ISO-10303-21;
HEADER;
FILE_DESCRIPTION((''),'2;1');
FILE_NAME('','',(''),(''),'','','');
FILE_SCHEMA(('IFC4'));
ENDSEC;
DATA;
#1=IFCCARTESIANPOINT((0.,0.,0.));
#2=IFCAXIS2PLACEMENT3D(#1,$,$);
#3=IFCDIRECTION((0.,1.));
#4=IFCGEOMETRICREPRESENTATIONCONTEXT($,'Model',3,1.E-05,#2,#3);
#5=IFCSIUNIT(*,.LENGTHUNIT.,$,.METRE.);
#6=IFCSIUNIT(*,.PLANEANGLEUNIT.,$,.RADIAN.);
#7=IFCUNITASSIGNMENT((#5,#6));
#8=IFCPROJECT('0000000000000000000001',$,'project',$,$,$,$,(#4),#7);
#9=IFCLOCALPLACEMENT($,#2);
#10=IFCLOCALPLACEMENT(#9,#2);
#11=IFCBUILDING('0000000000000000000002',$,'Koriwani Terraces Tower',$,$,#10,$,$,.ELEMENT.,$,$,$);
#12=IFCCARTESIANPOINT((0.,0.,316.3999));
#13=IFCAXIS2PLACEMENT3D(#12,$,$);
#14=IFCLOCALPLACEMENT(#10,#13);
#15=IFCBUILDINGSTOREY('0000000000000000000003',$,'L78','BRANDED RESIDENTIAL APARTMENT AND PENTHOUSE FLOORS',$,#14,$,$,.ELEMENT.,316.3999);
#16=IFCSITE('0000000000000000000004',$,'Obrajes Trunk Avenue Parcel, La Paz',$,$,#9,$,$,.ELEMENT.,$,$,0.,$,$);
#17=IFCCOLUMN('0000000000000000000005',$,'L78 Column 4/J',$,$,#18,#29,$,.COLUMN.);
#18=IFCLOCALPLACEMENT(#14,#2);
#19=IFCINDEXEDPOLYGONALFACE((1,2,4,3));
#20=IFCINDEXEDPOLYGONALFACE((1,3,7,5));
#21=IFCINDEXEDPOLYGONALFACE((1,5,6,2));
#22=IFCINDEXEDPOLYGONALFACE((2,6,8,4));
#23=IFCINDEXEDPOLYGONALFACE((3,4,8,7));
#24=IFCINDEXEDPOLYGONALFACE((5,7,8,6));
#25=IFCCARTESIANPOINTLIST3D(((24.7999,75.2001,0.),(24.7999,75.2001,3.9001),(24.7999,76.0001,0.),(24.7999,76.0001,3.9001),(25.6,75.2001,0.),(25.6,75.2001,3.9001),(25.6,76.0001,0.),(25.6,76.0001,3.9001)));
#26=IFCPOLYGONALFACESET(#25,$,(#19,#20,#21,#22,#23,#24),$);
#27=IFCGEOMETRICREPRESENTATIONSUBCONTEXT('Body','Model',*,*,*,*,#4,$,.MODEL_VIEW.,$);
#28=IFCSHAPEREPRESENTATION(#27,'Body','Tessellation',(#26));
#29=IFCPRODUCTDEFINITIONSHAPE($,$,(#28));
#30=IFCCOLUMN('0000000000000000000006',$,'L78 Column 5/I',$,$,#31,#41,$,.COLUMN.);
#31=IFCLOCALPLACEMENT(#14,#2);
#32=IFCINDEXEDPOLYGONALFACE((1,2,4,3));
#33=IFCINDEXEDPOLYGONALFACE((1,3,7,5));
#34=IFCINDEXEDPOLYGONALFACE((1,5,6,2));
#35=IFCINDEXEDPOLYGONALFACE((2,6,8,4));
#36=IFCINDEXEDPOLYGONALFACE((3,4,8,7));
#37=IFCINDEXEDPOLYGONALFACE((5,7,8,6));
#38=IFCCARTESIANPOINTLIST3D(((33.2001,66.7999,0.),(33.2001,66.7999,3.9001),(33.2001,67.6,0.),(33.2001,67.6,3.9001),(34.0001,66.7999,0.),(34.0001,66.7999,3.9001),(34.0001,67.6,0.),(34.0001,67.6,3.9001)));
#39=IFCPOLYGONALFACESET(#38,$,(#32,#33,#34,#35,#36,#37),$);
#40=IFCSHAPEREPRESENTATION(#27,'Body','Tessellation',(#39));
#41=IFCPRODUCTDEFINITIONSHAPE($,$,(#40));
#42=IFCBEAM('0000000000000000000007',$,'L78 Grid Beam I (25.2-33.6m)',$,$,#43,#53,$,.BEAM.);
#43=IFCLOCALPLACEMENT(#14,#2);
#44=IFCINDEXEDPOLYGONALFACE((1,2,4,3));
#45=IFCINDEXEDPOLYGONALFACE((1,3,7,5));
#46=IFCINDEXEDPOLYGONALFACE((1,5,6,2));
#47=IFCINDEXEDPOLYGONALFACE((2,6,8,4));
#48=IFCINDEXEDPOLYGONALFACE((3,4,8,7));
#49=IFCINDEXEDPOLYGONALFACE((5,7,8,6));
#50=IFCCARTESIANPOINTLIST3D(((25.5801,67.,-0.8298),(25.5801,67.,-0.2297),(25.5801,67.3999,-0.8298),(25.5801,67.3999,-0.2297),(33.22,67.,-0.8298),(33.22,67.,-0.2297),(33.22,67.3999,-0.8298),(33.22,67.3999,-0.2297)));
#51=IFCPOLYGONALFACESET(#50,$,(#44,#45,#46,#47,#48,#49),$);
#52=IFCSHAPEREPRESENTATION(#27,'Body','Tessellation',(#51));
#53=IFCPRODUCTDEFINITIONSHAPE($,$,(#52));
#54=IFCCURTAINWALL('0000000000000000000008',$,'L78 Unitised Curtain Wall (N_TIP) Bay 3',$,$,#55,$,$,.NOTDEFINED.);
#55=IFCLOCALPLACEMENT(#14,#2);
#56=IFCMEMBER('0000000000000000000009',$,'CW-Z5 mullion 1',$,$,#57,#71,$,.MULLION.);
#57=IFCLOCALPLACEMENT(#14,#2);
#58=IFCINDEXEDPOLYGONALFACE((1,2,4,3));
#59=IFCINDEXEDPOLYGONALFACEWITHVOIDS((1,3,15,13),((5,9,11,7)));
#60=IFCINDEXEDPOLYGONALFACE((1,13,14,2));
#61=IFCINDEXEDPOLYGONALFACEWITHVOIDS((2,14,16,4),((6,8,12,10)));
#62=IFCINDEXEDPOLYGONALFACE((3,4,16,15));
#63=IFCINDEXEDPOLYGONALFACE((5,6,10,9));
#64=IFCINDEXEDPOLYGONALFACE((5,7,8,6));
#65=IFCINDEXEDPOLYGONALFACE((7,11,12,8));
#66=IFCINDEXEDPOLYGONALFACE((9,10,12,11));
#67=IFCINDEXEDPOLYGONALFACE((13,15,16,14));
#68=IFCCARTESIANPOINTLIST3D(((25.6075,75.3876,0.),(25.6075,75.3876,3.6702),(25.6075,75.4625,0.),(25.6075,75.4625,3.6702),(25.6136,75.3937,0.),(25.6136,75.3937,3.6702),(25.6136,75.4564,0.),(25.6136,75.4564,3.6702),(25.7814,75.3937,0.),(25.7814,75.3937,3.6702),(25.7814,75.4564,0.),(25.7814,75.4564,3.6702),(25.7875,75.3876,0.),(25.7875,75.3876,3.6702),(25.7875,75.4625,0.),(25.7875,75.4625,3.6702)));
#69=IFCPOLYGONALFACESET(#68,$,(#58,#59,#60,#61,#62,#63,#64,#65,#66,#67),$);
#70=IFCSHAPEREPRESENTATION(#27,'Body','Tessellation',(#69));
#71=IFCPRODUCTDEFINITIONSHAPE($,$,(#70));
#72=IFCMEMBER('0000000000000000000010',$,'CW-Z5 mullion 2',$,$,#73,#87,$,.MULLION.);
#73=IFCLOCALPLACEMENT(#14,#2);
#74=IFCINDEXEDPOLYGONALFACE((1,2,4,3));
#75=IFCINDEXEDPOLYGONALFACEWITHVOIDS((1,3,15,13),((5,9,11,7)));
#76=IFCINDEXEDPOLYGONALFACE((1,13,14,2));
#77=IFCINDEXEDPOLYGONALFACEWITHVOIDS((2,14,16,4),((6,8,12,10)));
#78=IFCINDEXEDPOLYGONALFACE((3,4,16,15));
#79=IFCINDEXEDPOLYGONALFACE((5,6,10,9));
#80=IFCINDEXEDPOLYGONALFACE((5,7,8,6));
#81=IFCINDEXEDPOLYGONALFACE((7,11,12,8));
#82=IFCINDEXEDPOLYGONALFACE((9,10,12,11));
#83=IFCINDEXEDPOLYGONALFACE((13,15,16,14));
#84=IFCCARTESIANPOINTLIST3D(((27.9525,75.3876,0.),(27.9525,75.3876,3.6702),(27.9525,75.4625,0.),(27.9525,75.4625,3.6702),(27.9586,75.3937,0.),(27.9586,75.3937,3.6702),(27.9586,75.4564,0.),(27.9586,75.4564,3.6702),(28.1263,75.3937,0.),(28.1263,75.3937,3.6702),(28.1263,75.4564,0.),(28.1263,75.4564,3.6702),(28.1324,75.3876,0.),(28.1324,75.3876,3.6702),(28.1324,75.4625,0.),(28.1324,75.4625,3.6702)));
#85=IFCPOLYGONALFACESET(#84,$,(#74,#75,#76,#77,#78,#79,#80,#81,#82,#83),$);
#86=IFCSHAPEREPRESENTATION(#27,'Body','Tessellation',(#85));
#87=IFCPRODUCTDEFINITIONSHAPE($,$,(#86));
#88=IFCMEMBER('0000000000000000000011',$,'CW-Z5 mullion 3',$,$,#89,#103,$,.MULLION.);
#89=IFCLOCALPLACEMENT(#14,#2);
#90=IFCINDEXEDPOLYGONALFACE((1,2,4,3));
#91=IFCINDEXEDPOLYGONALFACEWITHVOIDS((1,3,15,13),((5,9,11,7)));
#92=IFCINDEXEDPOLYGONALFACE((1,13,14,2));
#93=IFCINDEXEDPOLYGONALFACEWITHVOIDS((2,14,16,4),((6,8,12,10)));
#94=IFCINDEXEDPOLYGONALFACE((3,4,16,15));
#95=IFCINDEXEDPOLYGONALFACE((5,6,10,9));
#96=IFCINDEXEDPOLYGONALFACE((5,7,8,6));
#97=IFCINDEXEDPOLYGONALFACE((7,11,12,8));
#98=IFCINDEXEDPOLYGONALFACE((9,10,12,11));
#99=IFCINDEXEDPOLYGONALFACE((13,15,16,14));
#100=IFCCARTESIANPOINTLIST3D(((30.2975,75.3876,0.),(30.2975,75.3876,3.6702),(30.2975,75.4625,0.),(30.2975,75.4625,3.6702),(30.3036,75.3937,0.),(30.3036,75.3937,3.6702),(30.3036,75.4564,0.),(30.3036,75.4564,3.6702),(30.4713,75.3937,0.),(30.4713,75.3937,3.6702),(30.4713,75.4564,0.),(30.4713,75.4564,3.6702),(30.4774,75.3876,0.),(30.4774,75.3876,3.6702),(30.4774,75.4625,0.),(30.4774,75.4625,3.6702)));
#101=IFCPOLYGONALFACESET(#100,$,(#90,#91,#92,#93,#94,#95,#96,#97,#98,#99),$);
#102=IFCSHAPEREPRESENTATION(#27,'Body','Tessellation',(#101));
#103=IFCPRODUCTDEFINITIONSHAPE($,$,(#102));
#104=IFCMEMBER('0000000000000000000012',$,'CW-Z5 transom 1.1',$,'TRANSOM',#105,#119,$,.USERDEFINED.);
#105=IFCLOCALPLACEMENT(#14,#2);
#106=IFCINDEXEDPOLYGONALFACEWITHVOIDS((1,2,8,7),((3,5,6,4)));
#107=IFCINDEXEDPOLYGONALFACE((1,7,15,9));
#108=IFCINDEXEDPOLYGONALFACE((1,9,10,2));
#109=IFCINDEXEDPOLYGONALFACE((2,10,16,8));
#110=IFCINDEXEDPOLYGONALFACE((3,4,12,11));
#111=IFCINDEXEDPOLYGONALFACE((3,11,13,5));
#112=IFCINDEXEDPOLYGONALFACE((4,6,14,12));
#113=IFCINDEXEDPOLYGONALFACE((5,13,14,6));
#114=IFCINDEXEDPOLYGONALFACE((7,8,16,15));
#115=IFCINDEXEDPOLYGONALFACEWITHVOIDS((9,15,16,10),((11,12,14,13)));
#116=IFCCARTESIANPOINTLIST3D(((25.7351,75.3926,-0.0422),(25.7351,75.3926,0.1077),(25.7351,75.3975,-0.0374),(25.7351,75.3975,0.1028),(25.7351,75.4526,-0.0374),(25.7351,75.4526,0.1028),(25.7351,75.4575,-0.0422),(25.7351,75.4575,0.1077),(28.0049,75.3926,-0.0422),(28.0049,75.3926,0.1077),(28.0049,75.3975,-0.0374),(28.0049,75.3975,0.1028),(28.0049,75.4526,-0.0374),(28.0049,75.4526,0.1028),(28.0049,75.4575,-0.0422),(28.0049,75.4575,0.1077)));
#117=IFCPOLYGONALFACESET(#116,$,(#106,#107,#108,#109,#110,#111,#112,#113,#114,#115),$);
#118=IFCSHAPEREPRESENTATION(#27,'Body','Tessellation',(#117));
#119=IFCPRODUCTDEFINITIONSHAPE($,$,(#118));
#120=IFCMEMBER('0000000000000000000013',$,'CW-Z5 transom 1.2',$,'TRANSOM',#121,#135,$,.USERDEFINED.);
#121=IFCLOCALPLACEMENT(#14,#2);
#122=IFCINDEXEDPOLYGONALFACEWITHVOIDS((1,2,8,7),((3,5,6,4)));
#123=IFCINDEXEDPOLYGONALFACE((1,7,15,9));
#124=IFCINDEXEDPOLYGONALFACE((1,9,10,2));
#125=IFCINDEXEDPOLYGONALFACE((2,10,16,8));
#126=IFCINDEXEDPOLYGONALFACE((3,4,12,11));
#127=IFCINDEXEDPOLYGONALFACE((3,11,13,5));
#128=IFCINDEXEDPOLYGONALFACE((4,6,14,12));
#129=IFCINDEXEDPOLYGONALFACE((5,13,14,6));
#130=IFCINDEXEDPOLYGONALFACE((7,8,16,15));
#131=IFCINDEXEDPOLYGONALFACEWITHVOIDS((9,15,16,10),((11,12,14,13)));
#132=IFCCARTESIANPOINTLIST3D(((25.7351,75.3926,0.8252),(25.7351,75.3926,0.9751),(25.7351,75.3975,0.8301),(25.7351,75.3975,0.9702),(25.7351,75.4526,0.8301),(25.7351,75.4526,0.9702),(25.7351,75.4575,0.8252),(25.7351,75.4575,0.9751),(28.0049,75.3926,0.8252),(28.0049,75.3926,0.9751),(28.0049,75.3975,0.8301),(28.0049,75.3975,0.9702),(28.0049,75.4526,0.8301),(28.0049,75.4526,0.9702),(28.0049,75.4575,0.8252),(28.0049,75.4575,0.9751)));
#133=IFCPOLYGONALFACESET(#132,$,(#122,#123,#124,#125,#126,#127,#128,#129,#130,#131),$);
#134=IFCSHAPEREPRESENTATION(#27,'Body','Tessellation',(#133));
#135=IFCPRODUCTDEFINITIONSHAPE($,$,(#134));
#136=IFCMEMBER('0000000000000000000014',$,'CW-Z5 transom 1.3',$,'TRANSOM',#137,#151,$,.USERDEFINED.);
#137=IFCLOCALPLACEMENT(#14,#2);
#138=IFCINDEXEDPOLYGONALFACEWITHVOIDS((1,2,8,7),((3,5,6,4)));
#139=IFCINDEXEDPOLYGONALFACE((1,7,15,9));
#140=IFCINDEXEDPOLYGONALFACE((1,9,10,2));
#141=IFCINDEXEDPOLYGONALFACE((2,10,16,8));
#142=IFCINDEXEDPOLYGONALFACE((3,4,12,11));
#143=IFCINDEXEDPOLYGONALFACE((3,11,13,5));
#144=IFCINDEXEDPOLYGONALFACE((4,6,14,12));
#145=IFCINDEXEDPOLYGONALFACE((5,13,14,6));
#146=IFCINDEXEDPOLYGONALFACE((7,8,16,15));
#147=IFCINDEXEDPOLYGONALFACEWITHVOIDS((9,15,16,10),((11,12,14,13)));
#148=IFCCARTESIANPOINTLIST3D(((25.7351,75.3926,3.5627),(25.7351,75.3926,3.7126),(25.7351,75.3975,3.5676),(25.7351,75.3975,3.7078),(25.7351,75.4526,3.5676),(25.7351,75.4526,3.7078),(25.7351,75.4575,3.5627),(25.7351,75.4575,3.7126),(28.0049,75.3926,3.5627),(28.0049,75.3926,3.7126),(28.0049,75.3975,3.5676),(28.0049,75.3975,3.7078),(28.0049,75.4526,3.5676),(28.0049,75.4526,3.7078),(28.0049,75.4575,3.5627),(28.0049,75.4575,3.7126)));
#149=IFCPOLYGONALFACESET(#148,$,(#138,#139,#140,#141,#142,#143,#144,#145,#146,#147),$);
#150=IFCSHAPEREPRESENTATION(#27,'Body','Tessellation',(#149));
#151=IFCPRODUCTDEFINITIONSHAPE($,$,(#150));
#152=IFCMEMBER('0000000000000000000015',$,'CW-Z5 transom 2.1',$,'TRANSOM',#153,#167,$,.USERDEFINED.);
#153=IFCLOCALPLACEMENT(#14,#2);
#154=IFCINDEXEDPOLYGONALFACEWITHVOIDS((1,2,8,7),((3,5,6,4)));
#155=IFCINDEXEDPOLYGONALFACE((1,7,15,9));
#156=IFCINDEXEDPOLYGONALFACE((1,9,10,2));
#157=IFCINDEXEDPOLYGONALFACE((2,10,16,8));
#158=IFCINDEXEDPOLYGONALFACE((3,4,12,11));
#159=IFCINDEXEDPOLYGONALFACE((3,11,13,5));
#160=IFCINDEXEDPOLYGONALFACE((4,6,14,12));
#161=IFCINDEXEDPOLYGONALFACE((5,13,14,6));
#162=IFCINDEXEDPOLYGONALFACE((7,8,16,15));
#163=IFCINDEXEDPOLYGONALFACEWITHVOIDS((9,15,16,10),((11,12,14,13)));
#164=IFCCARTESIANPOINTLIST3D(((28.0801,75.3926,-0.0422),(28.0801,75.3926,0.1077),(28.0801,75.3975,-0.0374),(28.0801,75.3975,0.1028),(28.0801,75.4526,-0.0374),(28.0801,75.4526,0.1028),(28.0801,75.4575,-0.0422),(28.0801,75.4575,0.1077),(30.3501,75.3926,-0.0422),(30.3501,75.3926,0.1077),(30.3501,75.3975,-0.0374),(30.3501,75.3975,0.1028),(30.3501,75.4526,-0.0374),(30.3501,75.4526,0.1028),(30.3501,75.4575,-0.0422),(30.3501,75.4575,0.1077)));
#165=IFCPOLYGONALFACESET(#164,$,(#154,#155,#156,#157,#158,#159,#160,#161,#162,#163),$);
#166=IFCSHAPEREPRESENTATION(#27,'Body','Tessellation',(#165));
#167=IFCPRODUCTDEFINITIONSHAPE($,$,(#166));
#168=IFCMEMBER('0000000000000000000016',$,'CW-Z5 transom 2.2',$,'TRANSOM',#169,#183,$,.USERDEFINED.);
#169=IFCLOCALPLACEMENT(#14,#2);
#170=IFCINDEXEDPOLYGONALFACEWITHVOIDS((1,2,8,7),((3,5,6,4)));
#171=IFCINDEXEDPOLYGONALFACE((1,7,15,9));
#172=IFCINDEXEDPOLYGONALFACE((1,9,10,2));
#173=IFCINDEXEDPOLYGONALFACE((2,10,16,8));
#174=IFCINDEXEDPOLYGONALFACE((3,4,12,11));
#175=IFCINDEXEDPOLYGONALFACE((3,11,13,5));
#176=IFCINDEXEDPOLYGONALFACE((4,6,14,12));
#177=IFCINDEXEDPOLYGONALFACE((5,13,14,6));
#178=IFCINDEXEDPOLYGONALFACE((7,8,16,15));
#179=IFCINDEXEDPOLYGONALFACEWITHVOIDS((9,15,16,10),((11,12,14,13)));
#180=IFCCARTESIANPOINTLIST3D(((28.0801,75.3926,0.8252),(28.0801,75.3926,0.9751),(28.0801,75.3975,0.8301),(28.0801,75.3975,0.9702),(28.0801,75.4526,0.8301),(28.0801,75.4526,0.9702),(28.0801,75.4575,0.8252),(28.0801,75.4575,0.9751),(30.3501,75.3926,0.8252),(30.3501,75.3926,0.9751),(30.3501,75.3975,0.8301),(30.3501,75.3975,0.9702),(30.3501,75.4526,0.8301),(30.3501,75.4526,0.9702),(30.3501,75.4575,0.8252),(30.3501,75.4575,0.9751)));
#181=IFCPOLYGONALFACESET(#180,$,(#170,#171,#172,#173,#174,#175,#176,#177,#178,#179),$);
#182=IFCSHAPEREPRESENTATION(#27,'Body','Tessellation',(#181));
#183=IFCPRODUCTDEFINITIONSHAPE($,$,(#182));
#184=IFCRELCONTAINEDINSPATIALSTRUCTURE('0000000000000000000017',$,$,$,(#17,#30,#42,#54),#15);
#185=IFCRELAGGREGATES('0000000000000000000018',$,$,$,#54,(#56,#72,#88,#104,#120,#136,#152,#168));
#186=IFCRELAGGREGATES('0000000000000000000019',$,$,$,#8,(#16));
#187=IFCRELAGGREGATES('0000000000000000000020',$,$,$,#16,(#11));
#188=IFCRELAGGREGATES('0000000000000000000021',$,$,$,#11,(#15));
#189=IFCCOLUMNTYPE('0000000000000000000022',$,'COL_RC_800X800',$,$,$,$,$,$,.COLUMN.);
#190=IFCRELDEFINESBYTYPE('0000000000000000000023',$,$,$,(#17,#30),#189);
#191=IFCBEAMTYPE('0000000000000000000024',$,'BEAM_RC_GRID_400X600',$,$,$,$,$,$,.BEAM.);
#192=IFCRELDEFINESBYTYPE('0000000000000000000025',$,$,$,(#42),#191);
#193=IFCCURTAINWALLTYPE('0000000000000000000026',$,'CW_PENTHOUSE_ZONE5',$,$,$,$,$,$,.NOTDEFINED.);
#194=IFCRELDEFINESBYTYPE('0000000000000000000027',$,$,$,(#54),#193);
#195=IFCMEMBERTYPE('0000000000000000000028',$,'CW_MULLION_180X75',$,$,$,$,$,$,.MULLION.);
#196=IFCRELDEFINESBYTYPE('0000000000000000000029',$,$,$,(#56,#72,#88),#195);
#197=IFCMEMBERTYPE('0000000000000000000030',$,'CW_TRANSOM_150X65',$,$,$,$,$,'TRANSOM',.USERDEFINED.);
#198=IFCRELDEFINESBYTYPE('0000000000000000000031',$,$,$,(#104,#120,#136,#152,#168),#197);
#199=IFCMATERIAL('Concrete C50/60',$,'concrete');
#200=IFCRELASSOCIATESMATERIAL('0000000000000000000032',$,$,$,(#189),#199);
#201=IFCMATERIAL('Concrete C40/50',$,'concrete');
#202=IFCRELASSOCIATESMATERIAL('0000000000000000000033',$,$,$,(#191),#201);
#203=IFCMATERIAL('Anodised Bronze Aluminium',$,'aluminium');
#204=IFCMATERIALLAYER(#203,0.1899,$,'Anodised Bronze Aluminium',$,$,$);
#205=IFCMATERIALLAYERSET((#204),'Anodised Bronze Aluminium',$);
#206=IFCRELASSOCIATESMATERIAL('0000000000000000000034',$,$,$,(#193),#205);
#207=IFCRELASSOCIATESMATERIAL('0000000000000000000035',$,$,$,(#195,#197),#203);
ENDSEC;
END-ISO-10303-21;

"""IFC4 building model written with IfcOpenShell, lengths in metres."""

from ifc_helpers import new_model, si_unit, direction, frame, origin, origin_2d, place, context, subcontext, project, spatial, rectangle, hollow_rectangle, extrude, material, layer, layer_set, material_profile, profile_set, type_object, element, aggregate, save


model = new_model("IFC4")

# Units and contexts
model_context = context("Model", 3, precision=1e-05, world=origin(), true_north=direction((0.0, 1.0)))
body_context = subcontext(model_context, "Body", "Model", "MODEL_VIEW")
ifc_project = project(units=[si_unit("LENGTHUNIT", "METRE"), si_unit("PLANEANGLEUNIT", "RADIAN")], contexts=[model_context])

# Site, building, storey
site_placement = place(None, origin())
site = spatial("IfcSite", under=ifc_project, at=site_placement, Name="Obrajes Trunk Avenue Parcel, La Paz", CompositionType="ELEMENT", RefElevation=0.0)
building_placement = place(site_placement, origin())
building = spatial("IfcBuilding", under=site, at=building_placement, Name="Koriwani Terraces Tower", CompositionType="ELEMENT")
storey_placement = place(building_placement, frame((0.0, 0.0, 316.3999)))
storey = spatial("IfcBuildingStorey", under=building, at=storey_placement, Name="L78", Description="BRANDED RESIDENTIAL APARTMENT AND PENTHOUSE FLOORS", CompositionType="ELEMENT", Elevation=316.3999)

# Columns
ifc_material_1 = material(Name="Concrete C50/60", Category="concrete")
ifc_material_profile_1 = material_profile(ifc_material_1, rectangle(XDim=0.8, YDim=0.8, at=origin_2d()), Name="Concrete C50/60", Category="LoadBearing")
ifc_profile_set_1 = profile_set([ifc_material_profile_1], Name="Concrete C50/60")
column_type = type_object("IfcColumnType", Name="COL_RC_800X800", PredefinedType="COLUMN", material=ifc_profile_set_1)
for number, where, z_axis, x_axis, name in (
    (1, (25.2, 75.6001, 0.0), (0.0, 0.0, 1.0), (1.0, 0.0, 0.0), "L78 Column 4/J"),
    (2, (33.6001, 67.2, 0.0), (0.0, 0.0, 1.0), (1.0, 0.0, 0.0), "L78 Column 5/I"),
):
    element("IfcColumn", number, at=place(storey_placement, frame(where, z_axis=z_axis, x_axis=x_axis)), inside=storey, type_object=column_type, Name=name, PredefinedType="COLUMN", context=body_context, shape_type="SweptSolid", body=[
        extrude(rectangle(XDim=0.8, YDim=0.8, at=origin_2d()), origin(), (0.0, 0.0, 1.0), 3.9001),
    ])

# Beam
ifc_material_2 = material(Name="Concrete C40/50", Category="concrete")
ifc_material_profile_2 = material_profile(ifc_material_2, rectangle(XDim=0.3999, YDim=0.6001, at=origin_2d()), Name="Concrete C40/50", Category="LoadBearing")
ifc_profile_set_2 = profile_set([ifc_material_profile_2], Name="Concrete C40/50")
beam_type_1 = type_object("IfcBeamType", Name="BEAM_RC_GRID_400X600", PredefinedType="BEAM", material=ifc_profile_set_2)
beam_1_placement = place(storey_placement, frame((25.5801, 67.2, -0.5298), z_axis=(1.0, 0.0, 0.0), x_axis=(0.0, 1.0, 0.0)))
element("IfcBeam", 3, at=beam_1_placement, inside=storey, type_object=beam_type_1, Name="L78 Grid Beam I (25.2-33.6m)", PredefinedType="BEAM", context=body_context, shape_type="SweptSolid", body=[
    extrude(rectangle(XDim=0.3999, YDim=0.6001, at=origin_2d()), origin(), (0.0, 0.0, 1.0), 7.6399),
])

# Curtain wall, members
ifc_material_3 = material(Name="Anodised Bronze Aluminium", Category="aluminium")
ifc_layer_1 = layer(ifc_material_3, 0.1899, Name="Anodised Bronze Aluminium")
ifc_layer_set_1 = layer_set([ifc_layer_1], Name="Anodised Bronze Aluminium")
curtain_wall_type = type_object("IfcCurtainWallType", Name="CW_PENTHOUSE_ZONE5", PredefinedType="NOTDEFINED", material=ifc_layer_set_1)
curtain_wall_placement = place(storey_placement, origin())
curtain_wall = element("IfcCurtainWall", 4, at=curtain_wall_placement, inside=storey, type_object=curtain_wall_type, Name="L78 Unitised Curtain Wall (N_TIP) Bay 3", PredefinedType="NOTDEFINED")
ifc_material_profile_3 = material_profile(ifc_material_3, hollow_rectangle(XDim=0.075, YDim=0.1799, WallThickness=0.0061, at=origin_2d()), Name="Anodised Bronze Aluminium", Category="LoadBearing")
ifc_profile_set_3 = profile_set([ifc_material_profile_3], Name="Anodised Bronze Aluminium")
member_type_1 = type_object("IfcMemberType", Name="CW_MULLION_180X75", PredefinedType="MULLION", material=ifc_profile_set_3)
member_1_placement = place(storey_placement, frame((25.6975, 75.425, 0.0), z_axis=(0.0, 0.0, 1.0), x_axis=(0.0, 1.0, 0.0)))
member_1 = element("IfcMember", 5, at=member_1_placement, type_object=member_type_1, Name="CW-Z5 mullion 1", PredefinedType="MULLION", context=body_context, shape_type="SweptSolid", body=[
    extrude(hollow_rectangle(XDim=0.075, YDim=0.1799, WallThickness=0.0061, at=origin_2d()), origin(), (0.0, 0.0, 1.0), 3.6702),
])
member_2_placement = place(storey_placement, frame((28.0425, 75.425, 0.0), z_axis=(0.0, 0.0, 1.0), x_axis=(0.0, 1.0, 0.0)))
member_2 = element("IfcMember", 6, at=member_2_placement, type_object=member_type_1, Name="CW-Z5 mullion 2", PredefinedType="MULLION", context=body_context, shape_type="SweptSolid", body=[
    extrude(hollow_rectangle(XDim=0.075, YDim=0.1799, WallThickness=0.0061, at=origin_2d()), origin(), (0.0, 0.0, 1.0), 3.6702),
])
member_3_placement = place(storey_placement, frame((30.3875, 75.425, 0.0), z_axis=(0.0, 0.0, 1.0), x_axis=(0.0, 1.0, 0.0)))
member_3 = element("IfcMember", 7, at=member_3_placement, type_object=member_type_1, Name="CW-Z5 mullion 3", PredefinedType="MULLION", context=body_context, shape_type="SweptSolid", body=[
    extrude(hollow_rectangle(XDim=0.075, YDim=0.1799, WallThickness=0.0061, at=origin_2d()), origin(), (0.0, 0.0, 1.0), 3.6702),
])
ifc_material_profile_4 = material_profile(ifc_material_3, hollow_rectangle(XDim=0.0649, YDim=0.1499, WallThickness=0.0049, at=origin_2d()), Name="Anodised Bronze Aluminium", Category="LoadBearing")
ifc_profile_set_4 = profile_set([ifc_material_profile_4], Name="Anodised Bronze Aluminium")
member_type_2 = type_object("IfcMemberType", Name="CW_TRANSOM_150X65", ElementType="TRANSOM", PredefinedType="USERDEFINED", material=ifc_profile_set_4)
member_4_placement = place(storey_placement, frame((25.7351, 75.425, 0.0327), z_axis=(1.0, 0.0, 0.0), x_axis=(0.0, 1.0, 0.0)))
member_4 = element("IfcMember", 8, at=member_4_placement, type_object=member_type_2, Name="CW-Z5 transom 1.1", ObjectType="TRANSOM", PredefinedType="USERDEFINED", context=body_context, shape_type="SweptSolid", body=[
    extrude(hollow_rectangle(XDim=0.0649, YDim=0.1499, WallThickness=0.0049, at=origin_2d()), origin(), (0.0, 0.0, 1.0), 2.2698),
])
member_5_placement = place(storey_placement, frame((25.7351, 75.425, 0.9001), z_axis=(1.0, 0.0, 0.0), x_axis=(0.0, 1.0, 0.0)))
member_5 = element("IfcMember", 9, at=member_5_placement, type_object=member_type_2, Name="CW-Z5 transom 1.2", ObjectType="TRANSOM", PredefinedType="USERDEFINED", context=body_context, shape_type="SweptSolid", body=[
    extrude(hollow_rectangle(XDim=0.0649, YDim=0.1499, WallThickness=0.0049, at=origin_2d()), origin(), (0.0, 0.0, 1.0), 2.2698),
])
member_6_placement = place(storey_placement, frame((25.7351, 75.425, 3.6377), z_axis=(1.0, 0.0, 0.0), x_axis=(0.0, 1.0, 0.0)))
member_6 = element("IfcMember", 10, at=member_6_placement, type_object=member_type_2, Name="CW-Z5 transom 1.3", ObjectType="TRANSOM", PredefinedType="USERDEFINED", context=body_context, shape_type="SweptSolid", body=[
    extrude(hollow_rectangle(XDim=0.0649, YDim=0.1499, WallThickness=0.0049, at=origin_2d()), origin(), (0.0, 0.0, 1.0), 2.2698),
])
member_7_placement = place(storey_placement, frame((28.0801, 75.425, 0.0327), z_axis=(1.0, 0.0, 0.0), x_axis=(0.0, 1.0, 0.0)))
member_7 = element("IfcMember", 11, at=member_7_placement, type_object=member_type_2, Name="CW-Z5 transom 2.1", ObjectType="TRANSOM", PredefinedType="USERDEFINED", context=body_context, shape_type="SweptSolid", body=[
    extrude(hollow_rectangle(XDim=0.0649, YDim=0.1499, WallThickness=0.0049, at=origin_2d()), origin(), (0.0, 0.0, 1.0), 2.27),
])
member_8_placement = place(storey_placement, frame((28.0801, 75.425, 0.9001), z_axis=(1.0, 0.0, 0.0), x_axis=(0.0, 1.0, 0.0)))
member_8 = element("IfcMember", 12, at=member_8_placement, type_object=member_type_2, Name="CW-Z5 transom 2.2", ObjectType="TRANSOM", PredefinedType="USERDEFINED", context=body_context, shape_type="SweptSolid", body=[
    extrude(hollow_rectangle(XDim=0.0649, YDim=0.1499, WallThickness=0.0049, at=origin_2d()), origin(), (0.0, 0.0, 1.0), 2.27),
])

aggregate(curtain_wall, [member_1, member_2, member_3, member_4, member_5, member_6, member_7, member_8])

save(model, "model.ifc")
